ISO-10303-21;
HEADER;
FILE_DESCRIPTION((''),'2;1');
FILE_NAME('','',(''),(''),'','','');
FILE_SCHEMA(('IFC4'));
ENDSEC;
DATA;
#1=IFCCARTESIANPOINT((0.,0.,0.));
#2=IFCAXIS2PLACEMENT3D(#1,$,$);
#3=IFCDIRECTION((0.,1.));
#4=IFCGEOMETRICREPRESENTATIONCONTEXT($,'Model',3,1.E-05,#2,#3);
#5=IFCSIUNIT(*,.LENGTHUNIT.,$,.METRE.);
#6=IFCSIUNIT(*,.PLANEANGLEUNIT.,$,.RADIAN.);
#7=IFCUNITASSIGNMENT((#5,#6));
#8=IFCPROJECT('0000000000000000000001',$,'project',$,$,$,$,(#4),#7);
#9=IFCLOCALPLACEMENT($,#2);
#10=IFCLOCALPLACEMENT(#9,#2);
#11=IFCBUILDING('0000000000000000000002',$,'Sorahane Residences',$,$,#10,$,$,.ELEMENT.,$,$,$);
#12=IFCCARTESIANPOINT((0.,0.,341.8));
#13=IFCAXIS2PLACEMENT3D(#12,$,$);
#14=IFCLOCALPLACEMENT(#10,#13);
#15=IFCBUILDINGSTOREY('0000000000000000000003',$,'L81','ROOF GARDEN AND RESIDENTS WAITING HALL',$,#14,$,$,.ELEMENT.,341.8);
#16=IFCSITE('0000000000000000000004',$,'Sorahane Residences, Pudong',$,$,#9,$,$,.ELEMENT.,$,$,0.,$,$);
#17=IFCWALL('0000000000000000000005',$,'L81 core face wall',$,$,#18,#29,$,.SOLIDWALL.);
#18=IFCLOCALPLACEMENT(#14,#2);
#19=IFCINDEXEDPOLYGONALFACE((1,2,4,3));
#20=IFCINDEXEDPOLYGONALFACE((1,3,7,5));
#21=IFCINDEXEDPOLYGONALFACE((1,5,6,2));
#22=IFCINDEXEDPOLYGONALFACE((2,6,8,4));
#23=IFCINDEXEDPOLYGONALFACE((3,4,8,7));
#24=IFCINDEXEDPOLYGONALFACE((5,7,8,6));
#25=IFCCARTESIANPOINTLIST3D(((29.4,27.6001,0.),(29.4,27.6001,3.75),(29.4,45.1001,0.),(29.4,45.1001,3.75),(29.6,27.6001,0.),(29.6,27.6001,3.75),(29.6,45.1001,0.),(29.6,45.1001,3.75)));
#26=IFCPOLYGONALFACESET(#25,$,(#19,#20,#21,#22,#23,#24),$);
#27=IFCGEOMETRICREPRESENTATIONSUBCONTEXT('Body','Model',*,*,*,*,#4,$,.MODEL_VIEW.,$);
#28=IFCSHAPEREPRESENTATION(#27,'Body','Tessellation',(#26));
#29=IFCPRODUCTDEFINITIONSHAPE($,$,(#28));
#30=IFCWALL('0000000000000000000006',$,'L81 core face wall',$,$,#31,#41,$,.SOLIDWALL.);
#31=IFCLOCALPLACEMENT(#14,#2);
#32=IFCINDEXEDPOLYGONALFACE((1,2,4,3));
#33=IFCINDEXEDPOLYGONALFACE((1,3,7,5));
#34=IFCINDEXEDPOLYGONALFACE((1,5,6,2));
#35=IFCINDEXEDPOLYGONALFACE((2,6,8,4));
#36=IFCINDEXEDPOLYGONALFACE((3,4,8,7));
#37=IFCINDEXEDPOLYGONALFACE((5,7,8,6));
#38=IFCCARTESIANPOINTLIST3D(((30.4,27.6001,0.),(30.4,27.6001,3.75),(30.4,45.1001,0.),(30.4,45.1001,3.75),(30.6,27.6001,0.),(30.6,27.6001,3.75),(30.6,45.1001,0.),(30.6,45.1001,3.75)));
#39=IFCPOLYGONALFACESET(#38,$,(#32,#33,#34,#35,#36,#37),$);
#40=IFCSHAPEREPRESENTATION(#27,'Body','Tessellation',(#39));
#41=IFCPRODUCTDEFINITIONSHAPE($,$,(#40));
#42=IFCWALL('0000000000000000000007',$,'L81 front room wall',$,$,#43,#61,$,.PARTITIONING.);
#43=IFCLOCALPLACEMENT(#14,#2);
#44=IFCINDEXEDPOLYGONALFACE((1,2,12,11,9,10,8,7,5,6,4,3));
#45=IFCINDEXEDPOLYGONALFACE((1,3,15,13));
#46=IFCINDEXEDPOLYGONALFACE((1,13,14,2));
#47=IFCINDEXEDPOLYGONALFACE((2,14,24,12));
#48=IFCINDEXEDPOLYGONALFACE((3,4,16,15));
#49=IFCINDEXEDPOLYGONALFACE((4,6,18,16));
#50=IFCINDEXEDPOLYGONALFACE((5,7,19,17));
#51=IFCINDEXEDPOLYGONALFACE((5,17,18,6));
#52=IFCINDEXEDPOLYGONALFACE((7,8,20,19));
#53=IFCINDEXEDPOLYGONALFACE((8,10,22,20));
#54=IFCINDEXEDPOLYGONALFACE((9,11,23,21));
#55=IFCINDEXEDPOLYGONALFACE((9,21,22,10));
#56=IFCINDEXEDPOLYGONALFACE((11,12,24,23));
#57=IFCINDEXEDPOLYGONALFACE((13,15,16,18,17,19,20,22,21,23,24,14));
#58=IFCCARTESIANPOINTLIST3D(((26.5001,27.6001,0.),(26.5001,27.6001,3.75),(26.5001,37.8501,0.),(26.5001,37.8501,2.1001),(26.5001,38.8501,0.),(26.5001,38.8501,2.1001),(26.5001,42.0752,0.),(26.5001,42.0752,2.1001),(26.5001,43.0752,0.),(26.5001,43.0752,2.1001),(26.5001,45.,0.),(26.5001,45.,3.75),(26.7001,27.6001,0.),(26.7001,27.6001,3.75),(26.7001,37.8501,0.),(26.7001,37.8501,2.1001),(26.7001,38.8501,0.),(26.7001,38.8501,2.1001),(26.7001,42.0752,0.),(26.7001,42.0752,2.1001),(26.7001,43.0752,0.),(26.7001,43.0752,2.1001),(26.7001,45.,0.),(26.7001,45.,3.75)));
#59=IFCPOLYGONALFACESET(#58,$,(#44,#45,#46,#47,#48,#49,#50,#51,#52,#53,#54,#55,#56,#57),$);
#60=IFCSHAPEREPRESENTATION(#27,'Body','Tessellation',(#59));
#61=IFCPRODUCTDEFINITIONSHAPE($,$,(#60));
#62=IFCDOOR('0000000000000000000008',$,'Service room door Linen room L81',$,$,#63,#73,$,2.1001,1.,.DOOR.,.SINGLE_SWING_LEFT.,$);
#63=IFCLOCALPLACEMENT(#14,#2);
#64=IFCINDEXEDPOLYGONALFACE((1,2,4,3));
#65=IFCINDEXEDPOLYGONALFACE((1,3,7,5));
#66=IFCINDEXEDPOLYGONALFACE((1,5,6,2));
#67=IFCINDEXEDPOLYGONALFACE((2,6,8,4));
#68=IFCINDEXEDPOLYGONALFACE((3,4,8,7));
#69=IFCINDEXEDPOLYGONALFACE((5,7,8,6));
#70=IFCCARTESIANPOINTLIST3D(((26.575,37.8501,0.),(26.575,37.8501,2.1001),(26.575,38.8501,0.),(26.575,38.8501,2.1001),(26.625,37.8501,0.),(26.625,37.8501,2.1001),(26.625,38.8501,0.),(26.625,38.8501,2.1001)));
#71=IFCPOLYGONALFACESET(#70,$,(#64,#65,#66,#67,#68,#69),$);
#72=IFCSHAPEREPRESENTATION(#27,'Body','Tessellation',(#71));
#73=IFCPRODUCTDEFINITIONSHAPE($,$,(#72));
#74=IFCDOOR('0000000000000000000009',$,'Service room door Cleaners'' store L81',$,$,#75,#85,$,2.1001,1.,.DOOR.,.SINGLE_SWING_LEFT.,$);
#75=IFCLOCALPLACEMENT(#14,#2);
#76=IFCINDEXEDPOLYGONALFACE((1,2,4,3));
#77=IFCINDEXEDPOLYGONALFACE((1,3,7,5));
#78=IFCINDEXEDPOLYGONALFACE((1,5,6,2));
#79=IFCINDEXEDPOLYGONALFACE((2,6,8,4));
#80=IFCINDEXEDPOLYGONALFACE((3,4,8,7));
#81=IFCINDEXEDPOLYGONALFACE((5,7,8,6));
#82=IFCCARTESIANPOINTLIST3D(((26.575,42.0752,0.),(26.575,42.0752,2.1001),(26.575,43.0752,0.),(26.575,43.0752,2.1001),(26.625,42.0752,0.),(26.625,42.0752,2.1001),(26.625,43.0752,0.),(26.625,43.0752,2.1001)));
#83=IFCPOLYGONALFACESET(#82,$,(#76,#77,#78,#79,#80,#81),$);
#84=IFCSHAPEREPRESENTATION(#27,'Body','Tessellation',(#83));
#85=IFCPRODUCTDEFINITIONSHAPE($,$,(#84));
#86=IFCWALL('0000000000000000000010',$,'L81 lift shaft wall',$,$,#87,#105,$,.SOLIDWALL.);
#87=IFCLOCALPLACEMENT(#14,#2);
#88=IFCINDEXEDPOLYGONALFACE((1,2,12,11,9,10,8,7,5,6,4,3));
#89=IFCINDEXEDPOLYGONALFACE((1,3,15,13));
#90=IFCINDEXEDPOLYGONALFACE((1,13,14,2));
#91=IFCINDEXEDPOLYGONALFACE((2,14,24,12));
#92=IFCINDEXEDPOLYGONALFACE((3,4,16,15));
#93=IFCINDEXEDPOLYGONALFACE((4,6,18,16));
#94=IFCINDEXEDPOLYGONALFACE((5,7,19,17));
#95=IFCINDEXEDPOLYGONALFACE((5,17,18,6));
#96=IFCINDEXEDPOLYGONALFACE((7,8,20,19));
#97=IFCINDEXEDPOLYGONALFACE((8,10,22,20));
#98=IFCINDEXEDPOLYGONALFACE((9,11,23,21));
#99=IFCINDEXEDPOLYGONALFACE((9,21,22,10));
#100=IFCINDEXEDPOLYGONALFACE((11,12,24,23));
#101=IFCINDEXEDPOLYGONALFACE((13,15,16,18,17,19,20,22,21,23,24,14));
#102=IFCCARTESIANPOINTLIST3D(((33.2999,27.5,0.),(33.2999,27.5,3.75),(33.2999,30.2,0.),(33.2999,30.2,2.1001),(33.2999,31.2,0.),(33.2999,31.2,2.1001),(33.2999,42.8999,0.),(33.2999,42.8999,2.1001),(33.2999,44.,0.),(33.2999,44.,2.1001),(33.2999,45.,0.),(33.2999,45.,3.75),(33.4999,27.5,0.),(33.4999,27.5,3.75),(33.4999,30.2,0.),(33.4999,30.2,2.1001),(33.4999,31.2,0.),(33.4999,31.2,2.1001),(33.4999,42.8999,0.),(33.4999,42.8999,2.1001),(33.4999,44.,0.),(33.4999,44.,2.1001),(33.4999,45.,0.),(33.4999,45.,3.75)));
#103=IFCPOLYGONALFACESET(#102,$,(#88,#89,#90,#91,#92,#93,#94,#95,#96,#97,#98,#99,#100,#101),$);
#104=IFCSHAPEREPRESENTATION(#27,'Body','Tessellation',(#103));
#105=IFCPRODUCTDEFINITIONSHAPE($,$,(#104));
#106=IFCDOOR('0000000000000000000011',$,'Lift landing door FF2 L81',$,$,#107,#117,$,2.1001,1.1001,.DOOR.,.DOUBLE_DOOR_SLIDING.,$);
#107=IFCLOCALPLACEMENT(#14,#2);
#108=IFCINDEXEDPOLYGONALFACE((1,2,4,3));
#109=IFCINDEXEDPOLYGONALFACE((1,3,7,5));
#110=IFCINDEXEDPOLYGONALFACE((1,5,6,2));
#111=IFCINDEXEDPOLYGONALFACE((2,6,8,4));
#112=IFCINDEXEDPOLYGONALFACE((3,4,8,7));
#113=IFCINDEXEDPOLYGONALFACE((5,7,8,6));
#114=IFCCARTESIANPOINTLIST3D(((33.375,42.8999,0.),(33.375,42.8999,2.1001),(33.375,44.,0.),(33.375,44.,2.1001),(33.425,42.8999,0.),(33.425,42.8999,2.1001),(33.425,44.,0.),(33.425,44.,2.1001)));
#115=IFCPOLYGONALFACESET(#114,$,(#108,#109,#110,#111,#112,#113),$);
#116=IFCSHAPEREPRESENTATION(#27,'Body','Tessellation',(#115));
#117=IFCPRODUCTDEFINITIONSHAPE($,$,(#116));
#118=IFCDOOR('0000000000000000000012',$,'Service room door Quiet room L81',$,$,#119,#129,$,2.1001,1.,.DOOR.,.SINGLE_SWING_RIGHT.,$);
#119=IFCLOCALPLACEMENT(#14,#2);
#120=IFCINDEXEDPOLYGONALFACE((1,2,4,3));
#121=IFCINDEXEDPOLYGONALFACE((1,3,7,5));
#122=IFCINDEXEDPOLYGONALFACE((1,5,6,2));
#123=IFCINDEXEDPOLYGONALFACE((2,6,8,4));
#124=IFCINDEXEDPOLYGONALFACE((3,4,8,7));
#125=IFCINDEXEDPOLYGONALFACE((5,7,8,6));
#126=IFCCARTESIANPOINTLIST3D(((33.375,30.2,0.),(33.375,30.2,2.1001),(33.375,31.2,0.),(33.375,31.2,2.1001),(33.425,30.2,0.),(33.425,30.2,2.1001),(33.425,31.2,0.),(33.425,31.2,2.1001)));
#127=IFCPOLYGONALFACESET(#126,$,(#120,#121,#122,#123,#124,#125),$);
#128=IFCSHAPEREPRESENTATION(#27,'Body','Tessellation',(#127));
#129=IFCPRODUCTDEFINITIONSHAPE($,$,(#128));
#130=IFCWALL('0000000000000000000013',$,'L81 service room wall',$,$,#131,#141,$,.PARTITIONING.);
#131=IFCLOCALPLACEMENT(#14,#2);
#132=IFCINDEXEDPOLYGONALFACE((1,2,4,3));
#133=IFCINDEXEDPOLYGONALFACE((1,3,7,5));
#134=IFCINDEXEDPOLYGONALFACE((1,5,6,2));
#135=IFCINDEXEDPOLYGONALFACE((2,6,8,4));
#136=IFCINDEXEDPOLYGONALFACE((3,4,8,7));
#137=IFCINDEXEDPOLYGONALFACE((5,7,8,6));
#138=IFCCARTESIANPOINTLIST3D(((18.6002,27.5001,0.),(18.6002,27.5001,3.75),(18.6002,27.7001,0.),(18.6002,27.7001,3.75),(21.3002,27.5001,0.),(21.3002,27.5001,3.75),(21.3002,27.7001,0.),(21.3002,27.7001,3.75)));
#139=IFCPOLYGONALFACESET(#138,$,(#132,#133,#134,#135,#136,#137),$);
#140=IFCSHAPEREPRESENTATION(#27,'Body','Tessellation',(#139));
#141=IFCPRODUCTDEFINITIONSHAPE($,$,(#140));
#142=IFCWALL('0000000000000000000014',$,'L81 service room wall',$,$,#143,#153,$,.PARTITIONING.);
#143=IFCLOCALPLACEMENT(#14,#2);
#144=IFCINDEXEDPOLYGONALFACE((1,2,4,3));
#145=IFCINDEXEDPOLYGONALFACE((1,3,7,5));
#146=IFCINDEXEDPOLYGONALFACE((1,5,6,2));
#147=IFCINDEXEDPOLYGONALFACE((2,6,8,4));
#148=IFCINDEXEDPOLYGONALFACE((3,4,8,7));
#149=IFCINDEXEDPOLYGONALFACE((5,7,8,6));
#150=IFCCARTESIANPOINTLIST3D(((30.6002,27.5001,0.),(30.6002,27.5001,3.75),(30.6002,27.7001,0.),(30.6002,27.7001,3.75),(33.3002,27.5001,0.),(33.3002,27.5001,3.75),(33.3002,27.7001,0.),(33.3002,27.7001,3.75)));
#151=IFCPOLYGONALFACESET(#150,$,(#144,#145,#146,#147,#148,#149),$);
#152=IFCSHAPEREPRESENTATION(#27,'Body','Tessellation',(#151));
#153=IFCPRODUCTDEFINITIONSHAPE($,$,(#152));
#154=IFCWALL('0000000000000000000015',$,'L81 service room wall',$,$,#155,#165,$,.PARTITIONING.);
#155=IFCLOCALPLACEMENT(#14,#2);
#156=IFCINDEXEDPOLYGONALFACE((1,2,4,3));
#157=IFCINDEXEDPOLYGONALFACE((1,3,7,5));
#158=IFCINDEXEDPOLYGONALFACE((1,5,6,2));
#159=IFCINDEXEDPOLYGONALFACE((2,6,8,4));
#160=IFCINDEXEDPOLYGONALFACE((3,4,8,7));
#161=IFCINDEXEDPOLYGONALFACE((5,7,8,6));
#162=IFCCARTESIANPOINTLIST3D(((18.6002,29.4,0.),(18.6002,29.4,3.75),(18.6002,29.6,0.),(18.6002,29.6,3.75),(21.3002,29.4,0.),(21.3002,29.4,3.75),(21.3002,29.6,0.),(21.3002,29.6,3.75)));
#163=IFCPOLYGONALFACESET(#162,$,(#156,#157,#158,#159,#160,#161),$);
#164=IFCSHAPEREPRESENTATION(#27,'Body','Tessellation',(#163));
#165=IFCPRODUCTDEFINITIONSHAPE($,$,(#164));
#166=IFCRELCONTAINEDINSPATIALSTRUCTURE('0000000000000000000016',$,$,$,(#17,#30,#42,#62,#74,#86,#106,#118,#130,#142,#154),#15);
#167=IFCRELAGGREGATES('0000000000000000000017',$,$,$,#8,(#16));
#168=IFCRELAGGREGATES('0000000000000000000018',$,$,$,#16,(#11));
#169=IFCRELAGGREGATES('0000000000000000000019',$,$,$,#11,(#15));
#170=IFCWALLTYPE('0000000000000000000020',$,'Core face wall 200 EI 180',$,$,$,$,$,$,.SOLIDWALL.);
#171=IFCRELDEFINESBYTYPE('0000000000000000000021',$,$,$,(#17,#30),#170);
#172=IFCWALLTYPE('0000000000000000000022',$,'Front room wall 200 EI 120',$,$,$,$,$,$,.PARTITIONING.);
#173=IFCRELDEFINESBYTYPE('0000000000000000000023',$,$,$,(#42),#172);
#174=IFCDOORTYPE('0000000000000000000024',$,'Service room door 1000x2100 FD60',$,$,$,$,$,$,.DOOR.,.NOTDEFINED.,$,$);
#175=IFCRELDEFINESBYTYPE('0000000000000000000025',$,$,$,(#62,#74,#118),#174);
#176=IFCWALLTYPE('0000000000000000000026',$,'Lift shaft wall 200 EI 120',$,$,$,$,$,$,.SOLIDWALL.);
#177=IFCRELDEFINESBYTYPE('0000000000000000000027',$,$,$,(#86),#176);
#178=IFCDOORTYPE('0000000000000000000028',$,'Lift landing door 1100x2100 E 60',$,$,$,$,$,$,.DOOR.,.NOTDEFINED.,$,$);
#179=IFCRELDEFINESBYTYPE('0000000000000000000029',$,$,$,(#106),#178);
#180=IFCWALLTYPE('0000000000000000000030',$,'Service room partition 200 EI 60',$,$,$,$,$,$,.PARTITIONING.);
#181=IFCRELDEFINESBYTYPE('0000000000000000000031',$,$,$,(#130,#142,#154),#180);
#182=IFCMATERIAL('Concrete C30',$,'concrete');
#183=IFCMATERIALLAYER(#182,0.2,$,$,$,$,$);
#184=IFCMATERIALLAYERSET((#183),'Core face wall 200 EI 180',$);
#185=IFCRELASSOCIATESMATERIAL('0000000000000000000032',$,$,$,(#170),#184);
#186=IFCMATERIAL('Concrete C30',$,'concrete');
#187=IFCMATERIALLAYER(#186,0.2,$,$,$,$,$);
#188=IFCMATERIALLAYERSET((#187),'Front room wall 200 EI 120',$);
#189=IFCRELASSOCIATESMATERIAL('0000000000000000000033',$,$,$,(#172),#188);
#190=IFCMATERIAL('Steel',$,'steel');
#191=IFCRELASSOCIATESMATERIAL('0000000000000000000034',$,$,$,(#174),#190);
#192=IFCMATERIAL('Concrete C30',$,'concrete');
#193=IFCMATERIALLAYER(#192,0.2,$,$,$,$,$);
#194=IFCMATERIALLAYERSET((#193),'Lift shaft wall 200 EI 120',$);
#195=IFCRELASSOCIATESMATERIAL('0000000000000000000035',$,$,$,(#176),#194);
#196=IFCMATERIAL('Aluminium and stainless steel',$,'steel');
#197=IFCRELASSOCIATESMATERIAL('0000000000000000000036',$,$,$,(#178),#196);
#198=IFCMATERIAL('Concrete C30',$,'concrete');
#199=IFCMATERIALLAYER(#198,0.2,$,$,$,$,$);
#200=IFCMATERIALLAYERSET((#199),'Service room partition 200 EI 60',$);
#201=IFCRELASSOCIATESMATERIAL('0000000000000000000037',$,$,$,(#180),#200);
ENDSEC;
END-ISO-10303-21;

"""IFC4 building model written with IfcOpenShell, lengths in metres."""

from ifc_helpers import new_model, si_unit, direction, frame, frame_2d, origin, place, context, subcontext, project, spatial, rectangle, extrude, material, layer, layer_set, type_object, element, fill, save


model = new_model("IFC4")

# Units and contexts
model_context = context("Model", 3, precision=1e-05, world=origin(), true_north=direction((0.0, 1.0)))
body_context = subcontext(model_context, "Body", "Model", "MODEL_VIEW")
ifc_project = project(units=[si_unit("LENGTHUNIT", "METRE"), si_unit("PLANEANGLEUNIT", "RADIAN")], contexts=[model_context])

# Site, building, storey
site_placement = place(None, origin())
site = spatial("IfcSite", under=ifc_project, at=site_placement, Name="Sorahane Residences, Pudong", CompositionType="ELEMENT", RefElevation=0.0)
building_placement = place(site_placement, origin())
building = spatial("IfcBuilding", under=site, at=building_placement, Name="Sorahane Residences", CompositionType="ELEMENT")
storey_placement = place(building_placement, frame((0.0, 0.0, 341.8)))
storey = spatial("IfcBuildingStorey", under=building, at=storey_placement, Name="L81", Description="ROOF GARDEN AND RESIDENTS WAITING HALL", CompositionType="ELEMENT", Elevation=341.8)

# Walls
ifc_material_1 = material(Name="Concrete C30", Category="concrete")
ifc_layer_1 = layer(ifc_material_1, 0.2)
ifc_layer_set_1 = layer_set([ifc_layer_1], Name="Core face wall 200 EI 180")
wall_type_1 = type_object("IfcWallType", Name="Core face wall 200 EI 180", PredefinedType="SOLIDWALL", material=ifc_layer_set_1)
for number, where, z_axis, x_axis, name in (
    (1, (29.5, 27.6001, 0.0), (0.0, 0.0, 1.0), (0.0, 1.0, 0.0), "L81 core face wall"),
    (2, (30.5, 27.6001, 0.0), (0.0, 0.0, 1.0), (0.0, 1.0, 0.0), "L81 core face wall"),
):
    element("IfcWall", number, at=place(storey_placement, frame(where, z_axis=z_axis, x_axis=x_axis)), inside=storey, type_object=wall_type_1, Name=name, PredefinedType="SOLIDWALL", context=body_context, shape_type="SweptSolid", body=[
        extrude(rectangle(XDim=17.5, YDim=0.2, at=frame_2d((8.75, 0.0))), origin(), (0.0, 0.0, 1.0), 3.75),
    ])

# Walls, openings, doors
ifc_material_2 = material(Name="Concrete C30", Category="concrete")
ifc_layer_2 = layer(ifc_material_2, 0.2)
ifc_layer_set_2 = layer_set([ifc_layer_2], Name="Front room wall 200 EI 120")
wall_type_2 = type_object("IfcWallType", Name="Front room wall 200 EI 120", PredefinedType="PARTITIONING", material=ifc_layer_set_2)
wall_1_placement = place(storey_placement, frame((26.6001, 27.6001, 0.0), z_axis=(0.0, 0.0, 1.0), x_axis=(0.0, 1.0, 0.0)))
wall_1 = element("IfcWall", 3, at=wall_1_placement, inside=storey, type_object=wall_type_2, Name="L81 front room wall", PredefinedType="PARTITIONING", context=body_context, shape_type="SweptSolid", body=[
    extrude(rectangle(XDim=17.3999, YDim=0.2, at=frame_2d((8.7, 0.0))), origin(), (0.0, 0.0, 1.0), 3.75),
])
opening_1_placement = place(wall_1_placement, frame((10.25, 0.0, 0.0)))
opening_1 = element("IfcOpeningElement", 4, at=opening_1_placement, cuts=wall_1, PredefinedType="OPENING", context=body_context, shape_type="SweptSolid", body=[
    extrude(rectangle(XDim=1.0, YDim=2.1001, at=frame_2d((0.5, 1.05))), frame((0.0, 0.1099, 0.0), z_axis=(0.0, -1.0, 0.0), x_axis=(1.0, 0.0, 0.0)), (0.0, 0.0, 1.0), 0.22),
])
opening_2_placement = place(wall_1_placement, frame((14.4751, 0.0, 0.0)))
opening_2 = element("IfcOpeningElement", 5, at=opening_2_placement, cuts=wall_1, PredefinedType="OPENING", context=body_context, shape_type="SweptSolid", body=[
    extrude(rectangle(XDim=1.0, YDim=2.1001, at=frame_2d((0.5, 1.05))), frame((0.0, 0.1099, 0.0), z_axis=(0.0, -1.0, 0.0), x_axis=(1.0, 0.0, 0.0)), (0.0, 0.0, 1.0), 0.22),
])
ifc_material_3 = material(Name="Steel", Category="steel")
door_type_1 = type_object("IfcDoorType", Name="Service room door 1000x2100 FD60", OperationType="NOTDEFINED", PredefinedType="DOOR", material=ifc_material_3)
door_1_placement = place(opening_1_placement, frame((1.0, 0.0, 0.0), z_axis=(0.0, 0.0, 1.0), x_axis=(-1.0, 0.0, 0.0)))
door_1 = element("IfcDoor", 6, at=door_1_placement, inside=storey, type_object=door_type_1, Name="Service room door Linen room L81", OperationType="SINGLE_SWING_LEFT", OverallHeight=2.1001, OverallWidth=1.0, PredefinedType="DOOR", context=body_context, shape_type="SweptSolid", body=[
    extrude(rectangle(XDim=1.0, YDim=2.1001, at=frame_2d((0.5, 1.05))), frame((0.0, 0.0249, 0.0), z_axis=(0.0, -1.0, 0.0), x_axis=(1.0, 0.0, 0.0)), (0.0, 0.0, 1.0), 0.05),
])
fill(opening_1, door_1)
door_2_placement = place(opening_2_placement, frame((1.0, 0.0, 0.0), z_axis=(0.0, 0.0, 1.0), x_axis=(-1.0, 0.0, 0.0)))
door_2 = element("IfcDoor", 7, at=door_2_placement, inside=storey, type_object=door_type_1, Name="Service room door Cleaners' store L81", OperationType="SINGLE_SWING_LEFT", OverallHeight=2.1001, OverallWidth=1.0, PredefinedType="DOOR", context=body_context, shape_type="SweptSolid", body=[
    extrude(rectangle(XDim=1.0, YDim=2.1001, at=frame_2d((0.5, 1.05))), frame((0.0, 0.0249, 0.0), z_axis=(0.0, -1.0, 0.0), x_axis=(1.0, 0.0, 0.0)), (0.0, 0.0, 1.0), 0.05),
])
fill(opening_2, door_2)
ifc_material_4 = material(Name="Concrete C30", Category="concrete")
ifc_layer_3 = layer(ifc_material_4, 0.2)
ifc_layer_set_3 = layer_set([ifc_layer_3], Name="Lift shaft wall 200 EI 120")
wall_type_3 = type_object("IfcWallType", Name="Lift shaft wall 200 EI 120", PredefinedType="SOLIDWALL", material=ifc_layer_set_3)
wall_2_placement = place(storey_placement, frame((33.3999, 27.5, 0.0), z_axis=(0.0, 0.0, 1.0), x_axis=(0.0, 1.0, 0.0)))
wall_2 = element("IfcWall", 8, at=wall_2_placement, inside=storey, type_object=wall_type_3, Name="L81 lift shaft wall", PredefinedType="SOLIDWALL", context=body_context, shape_type="SweptSolid", body=[
    extrude(rectangle(XDim=17.5, YDim=0.2, at=frame_2d((8.75, 0.0))), origin(), (0.0, 0.0, 1.0), 3.75),
])
opening_3_placement = place(wall_2_placement, frame((15.3999, 0.0, 0.0)))
opening_3 = element("IfcOpeningElement", 9, at=opening_3_placement, cuts=wall_2, PredefinedType="OPENING", context=body_context, shape_type="SweptSolid", body=[
    extrude(rectangle(XDim=1.1001, YDim=2.1001, at=frame_2d((0.55, 1.05))), frame((0.0, 0.1099, 0.0), z_axis=(0.0, -1.0, 0.0), x_axis=(1.0, 0.0, 0.0)), (0.0, 0.0, 1.0), 0.22),
])
opening_4_placement = place(wall_2_placement, frame((2.7, 0.0, 0.0)))
opening_4 = element("IfcOpeningElement", 10, at=opening_4_placement, cuts=wall_2, PredefinedType="OPENING", context=body_context, shape_type="SweptSolid", body=[
    extrude(rectangle(XDim=1.0, YDim=2.1001, at=frame_2d((0.5, 1.05))), frame((0.0, 0.1099, 0.0), z_axis=(0.0, -1.0, 0.0), x_axis=(1.0, 0.0, 0.0)), (0.0, 0.0, 1.0), 0.22),
])
ifc_material_5 = material(Name="Aluminium and stainless steel", Category="steel")
door_type_2 = type_object("IfcDoorType", Name="Lift landing door 1100x2100 E 60", OperationType="NOTDEFINED", PredefinedType="DOOR", material=ifc_material_5)
door_3_placement = place(opening_3_placement, origin())
door_3 = element("IfcDoor", 11, at=door_3_placement, inside=storey, type_object=door_type_2, Name="Lift landing door FF2 L81", OperationType="DOUBLE_DOOR_SLIDING", OverallHeight=2.1001, OverallWidth=1.1001, PredefinedType="DOOR", context=body_context, shape_type="SweptSolid", body=[
    extrude(rectangle(XDim=1.1001, YDim=2.1001, at=frame_2d((0.55, 1.05))), frame((0.0, 0.0249, 0.0), z_axis=(0.0, -1.0, 0.0), x_axis=(1.0, 0.0, 0.0)), (0.0, 0.0, 1.0), 0.05),
])
fill(opening_3, door_3)
door_4_placement = place(opening_4_placement, origin())
door_4 = element("IfcDoor", 12, at=door_4_placement, inside=storey, type_object=door_type_1, Name="Service room door Quiet room L81", OperationType="SINGLE_SWING_RIGHT", OverallHeight=2.1001, OverallWidth=1.0, PredefinedType="DOOR", context=body_context, shape_type="SweptSolid", body=[
    extrude(rectangle(XDim=1.0, YDim=2.1001, at=frame_2d((0.5, 1.05))), frame((0.0, 0.0249, 0.0), z_axis=(0.0, -1.0, 0.0), x_axis=(1.0, 0.0, 0.0)), (0.0, 0.0, 1.0), 0.05),
])
fill(opening_4, door_4)

# Walls
ifc_material_6 = material(Name="Concrete C30", Category="concrete")
ifc_layer_4 = layer(ifc_material_6, 0.2)
ifc_layer_set_4 = layer_set([ifc_layer_4], Name="Service room partition 200 EI 60")
wall_type_4 = type_object("IfcWallType", Name="Service room partition 200 EI 60", PredefinedType="PARTITIONING", material=ifc_layer_set_4)
for number, where, z_axis, x_axis, name in (
    (13, (18.6001, 27.6001, 0.0), (0.0, 0.0, 1.0), (1.0, 0.0, 0.0), "L81 service room wall"),
    (14, (30.6001, 27.6001, 0.0), (0.0, 0.0, 1.0), (1.0, 0.0, 0.0), "L81 service room wall"),
    (15, (18.6001, 29.5, 0.0), (0.0, 0.0, 1.0), (1.0, 0.0, 0.0), "L81 service room wall"),
):
    element("IfcWall", number, at=place(storey_placement, frame(where, z_axis=z_axis, x_axis=x_axis)), inside=storey, type_object=wall_type_4, Name=name, PredefinedType="PARTITIONING", context=body_context, shape_type="SweptSolid", body=[
        extrude(rectangle(XDim=2.7, YDim=0.2, at=frame_2d((1.3501, 0.0))), origin(), (0.0, 0.0, 1.0), 3.75),
    ])

save(model, "model.ifc")
